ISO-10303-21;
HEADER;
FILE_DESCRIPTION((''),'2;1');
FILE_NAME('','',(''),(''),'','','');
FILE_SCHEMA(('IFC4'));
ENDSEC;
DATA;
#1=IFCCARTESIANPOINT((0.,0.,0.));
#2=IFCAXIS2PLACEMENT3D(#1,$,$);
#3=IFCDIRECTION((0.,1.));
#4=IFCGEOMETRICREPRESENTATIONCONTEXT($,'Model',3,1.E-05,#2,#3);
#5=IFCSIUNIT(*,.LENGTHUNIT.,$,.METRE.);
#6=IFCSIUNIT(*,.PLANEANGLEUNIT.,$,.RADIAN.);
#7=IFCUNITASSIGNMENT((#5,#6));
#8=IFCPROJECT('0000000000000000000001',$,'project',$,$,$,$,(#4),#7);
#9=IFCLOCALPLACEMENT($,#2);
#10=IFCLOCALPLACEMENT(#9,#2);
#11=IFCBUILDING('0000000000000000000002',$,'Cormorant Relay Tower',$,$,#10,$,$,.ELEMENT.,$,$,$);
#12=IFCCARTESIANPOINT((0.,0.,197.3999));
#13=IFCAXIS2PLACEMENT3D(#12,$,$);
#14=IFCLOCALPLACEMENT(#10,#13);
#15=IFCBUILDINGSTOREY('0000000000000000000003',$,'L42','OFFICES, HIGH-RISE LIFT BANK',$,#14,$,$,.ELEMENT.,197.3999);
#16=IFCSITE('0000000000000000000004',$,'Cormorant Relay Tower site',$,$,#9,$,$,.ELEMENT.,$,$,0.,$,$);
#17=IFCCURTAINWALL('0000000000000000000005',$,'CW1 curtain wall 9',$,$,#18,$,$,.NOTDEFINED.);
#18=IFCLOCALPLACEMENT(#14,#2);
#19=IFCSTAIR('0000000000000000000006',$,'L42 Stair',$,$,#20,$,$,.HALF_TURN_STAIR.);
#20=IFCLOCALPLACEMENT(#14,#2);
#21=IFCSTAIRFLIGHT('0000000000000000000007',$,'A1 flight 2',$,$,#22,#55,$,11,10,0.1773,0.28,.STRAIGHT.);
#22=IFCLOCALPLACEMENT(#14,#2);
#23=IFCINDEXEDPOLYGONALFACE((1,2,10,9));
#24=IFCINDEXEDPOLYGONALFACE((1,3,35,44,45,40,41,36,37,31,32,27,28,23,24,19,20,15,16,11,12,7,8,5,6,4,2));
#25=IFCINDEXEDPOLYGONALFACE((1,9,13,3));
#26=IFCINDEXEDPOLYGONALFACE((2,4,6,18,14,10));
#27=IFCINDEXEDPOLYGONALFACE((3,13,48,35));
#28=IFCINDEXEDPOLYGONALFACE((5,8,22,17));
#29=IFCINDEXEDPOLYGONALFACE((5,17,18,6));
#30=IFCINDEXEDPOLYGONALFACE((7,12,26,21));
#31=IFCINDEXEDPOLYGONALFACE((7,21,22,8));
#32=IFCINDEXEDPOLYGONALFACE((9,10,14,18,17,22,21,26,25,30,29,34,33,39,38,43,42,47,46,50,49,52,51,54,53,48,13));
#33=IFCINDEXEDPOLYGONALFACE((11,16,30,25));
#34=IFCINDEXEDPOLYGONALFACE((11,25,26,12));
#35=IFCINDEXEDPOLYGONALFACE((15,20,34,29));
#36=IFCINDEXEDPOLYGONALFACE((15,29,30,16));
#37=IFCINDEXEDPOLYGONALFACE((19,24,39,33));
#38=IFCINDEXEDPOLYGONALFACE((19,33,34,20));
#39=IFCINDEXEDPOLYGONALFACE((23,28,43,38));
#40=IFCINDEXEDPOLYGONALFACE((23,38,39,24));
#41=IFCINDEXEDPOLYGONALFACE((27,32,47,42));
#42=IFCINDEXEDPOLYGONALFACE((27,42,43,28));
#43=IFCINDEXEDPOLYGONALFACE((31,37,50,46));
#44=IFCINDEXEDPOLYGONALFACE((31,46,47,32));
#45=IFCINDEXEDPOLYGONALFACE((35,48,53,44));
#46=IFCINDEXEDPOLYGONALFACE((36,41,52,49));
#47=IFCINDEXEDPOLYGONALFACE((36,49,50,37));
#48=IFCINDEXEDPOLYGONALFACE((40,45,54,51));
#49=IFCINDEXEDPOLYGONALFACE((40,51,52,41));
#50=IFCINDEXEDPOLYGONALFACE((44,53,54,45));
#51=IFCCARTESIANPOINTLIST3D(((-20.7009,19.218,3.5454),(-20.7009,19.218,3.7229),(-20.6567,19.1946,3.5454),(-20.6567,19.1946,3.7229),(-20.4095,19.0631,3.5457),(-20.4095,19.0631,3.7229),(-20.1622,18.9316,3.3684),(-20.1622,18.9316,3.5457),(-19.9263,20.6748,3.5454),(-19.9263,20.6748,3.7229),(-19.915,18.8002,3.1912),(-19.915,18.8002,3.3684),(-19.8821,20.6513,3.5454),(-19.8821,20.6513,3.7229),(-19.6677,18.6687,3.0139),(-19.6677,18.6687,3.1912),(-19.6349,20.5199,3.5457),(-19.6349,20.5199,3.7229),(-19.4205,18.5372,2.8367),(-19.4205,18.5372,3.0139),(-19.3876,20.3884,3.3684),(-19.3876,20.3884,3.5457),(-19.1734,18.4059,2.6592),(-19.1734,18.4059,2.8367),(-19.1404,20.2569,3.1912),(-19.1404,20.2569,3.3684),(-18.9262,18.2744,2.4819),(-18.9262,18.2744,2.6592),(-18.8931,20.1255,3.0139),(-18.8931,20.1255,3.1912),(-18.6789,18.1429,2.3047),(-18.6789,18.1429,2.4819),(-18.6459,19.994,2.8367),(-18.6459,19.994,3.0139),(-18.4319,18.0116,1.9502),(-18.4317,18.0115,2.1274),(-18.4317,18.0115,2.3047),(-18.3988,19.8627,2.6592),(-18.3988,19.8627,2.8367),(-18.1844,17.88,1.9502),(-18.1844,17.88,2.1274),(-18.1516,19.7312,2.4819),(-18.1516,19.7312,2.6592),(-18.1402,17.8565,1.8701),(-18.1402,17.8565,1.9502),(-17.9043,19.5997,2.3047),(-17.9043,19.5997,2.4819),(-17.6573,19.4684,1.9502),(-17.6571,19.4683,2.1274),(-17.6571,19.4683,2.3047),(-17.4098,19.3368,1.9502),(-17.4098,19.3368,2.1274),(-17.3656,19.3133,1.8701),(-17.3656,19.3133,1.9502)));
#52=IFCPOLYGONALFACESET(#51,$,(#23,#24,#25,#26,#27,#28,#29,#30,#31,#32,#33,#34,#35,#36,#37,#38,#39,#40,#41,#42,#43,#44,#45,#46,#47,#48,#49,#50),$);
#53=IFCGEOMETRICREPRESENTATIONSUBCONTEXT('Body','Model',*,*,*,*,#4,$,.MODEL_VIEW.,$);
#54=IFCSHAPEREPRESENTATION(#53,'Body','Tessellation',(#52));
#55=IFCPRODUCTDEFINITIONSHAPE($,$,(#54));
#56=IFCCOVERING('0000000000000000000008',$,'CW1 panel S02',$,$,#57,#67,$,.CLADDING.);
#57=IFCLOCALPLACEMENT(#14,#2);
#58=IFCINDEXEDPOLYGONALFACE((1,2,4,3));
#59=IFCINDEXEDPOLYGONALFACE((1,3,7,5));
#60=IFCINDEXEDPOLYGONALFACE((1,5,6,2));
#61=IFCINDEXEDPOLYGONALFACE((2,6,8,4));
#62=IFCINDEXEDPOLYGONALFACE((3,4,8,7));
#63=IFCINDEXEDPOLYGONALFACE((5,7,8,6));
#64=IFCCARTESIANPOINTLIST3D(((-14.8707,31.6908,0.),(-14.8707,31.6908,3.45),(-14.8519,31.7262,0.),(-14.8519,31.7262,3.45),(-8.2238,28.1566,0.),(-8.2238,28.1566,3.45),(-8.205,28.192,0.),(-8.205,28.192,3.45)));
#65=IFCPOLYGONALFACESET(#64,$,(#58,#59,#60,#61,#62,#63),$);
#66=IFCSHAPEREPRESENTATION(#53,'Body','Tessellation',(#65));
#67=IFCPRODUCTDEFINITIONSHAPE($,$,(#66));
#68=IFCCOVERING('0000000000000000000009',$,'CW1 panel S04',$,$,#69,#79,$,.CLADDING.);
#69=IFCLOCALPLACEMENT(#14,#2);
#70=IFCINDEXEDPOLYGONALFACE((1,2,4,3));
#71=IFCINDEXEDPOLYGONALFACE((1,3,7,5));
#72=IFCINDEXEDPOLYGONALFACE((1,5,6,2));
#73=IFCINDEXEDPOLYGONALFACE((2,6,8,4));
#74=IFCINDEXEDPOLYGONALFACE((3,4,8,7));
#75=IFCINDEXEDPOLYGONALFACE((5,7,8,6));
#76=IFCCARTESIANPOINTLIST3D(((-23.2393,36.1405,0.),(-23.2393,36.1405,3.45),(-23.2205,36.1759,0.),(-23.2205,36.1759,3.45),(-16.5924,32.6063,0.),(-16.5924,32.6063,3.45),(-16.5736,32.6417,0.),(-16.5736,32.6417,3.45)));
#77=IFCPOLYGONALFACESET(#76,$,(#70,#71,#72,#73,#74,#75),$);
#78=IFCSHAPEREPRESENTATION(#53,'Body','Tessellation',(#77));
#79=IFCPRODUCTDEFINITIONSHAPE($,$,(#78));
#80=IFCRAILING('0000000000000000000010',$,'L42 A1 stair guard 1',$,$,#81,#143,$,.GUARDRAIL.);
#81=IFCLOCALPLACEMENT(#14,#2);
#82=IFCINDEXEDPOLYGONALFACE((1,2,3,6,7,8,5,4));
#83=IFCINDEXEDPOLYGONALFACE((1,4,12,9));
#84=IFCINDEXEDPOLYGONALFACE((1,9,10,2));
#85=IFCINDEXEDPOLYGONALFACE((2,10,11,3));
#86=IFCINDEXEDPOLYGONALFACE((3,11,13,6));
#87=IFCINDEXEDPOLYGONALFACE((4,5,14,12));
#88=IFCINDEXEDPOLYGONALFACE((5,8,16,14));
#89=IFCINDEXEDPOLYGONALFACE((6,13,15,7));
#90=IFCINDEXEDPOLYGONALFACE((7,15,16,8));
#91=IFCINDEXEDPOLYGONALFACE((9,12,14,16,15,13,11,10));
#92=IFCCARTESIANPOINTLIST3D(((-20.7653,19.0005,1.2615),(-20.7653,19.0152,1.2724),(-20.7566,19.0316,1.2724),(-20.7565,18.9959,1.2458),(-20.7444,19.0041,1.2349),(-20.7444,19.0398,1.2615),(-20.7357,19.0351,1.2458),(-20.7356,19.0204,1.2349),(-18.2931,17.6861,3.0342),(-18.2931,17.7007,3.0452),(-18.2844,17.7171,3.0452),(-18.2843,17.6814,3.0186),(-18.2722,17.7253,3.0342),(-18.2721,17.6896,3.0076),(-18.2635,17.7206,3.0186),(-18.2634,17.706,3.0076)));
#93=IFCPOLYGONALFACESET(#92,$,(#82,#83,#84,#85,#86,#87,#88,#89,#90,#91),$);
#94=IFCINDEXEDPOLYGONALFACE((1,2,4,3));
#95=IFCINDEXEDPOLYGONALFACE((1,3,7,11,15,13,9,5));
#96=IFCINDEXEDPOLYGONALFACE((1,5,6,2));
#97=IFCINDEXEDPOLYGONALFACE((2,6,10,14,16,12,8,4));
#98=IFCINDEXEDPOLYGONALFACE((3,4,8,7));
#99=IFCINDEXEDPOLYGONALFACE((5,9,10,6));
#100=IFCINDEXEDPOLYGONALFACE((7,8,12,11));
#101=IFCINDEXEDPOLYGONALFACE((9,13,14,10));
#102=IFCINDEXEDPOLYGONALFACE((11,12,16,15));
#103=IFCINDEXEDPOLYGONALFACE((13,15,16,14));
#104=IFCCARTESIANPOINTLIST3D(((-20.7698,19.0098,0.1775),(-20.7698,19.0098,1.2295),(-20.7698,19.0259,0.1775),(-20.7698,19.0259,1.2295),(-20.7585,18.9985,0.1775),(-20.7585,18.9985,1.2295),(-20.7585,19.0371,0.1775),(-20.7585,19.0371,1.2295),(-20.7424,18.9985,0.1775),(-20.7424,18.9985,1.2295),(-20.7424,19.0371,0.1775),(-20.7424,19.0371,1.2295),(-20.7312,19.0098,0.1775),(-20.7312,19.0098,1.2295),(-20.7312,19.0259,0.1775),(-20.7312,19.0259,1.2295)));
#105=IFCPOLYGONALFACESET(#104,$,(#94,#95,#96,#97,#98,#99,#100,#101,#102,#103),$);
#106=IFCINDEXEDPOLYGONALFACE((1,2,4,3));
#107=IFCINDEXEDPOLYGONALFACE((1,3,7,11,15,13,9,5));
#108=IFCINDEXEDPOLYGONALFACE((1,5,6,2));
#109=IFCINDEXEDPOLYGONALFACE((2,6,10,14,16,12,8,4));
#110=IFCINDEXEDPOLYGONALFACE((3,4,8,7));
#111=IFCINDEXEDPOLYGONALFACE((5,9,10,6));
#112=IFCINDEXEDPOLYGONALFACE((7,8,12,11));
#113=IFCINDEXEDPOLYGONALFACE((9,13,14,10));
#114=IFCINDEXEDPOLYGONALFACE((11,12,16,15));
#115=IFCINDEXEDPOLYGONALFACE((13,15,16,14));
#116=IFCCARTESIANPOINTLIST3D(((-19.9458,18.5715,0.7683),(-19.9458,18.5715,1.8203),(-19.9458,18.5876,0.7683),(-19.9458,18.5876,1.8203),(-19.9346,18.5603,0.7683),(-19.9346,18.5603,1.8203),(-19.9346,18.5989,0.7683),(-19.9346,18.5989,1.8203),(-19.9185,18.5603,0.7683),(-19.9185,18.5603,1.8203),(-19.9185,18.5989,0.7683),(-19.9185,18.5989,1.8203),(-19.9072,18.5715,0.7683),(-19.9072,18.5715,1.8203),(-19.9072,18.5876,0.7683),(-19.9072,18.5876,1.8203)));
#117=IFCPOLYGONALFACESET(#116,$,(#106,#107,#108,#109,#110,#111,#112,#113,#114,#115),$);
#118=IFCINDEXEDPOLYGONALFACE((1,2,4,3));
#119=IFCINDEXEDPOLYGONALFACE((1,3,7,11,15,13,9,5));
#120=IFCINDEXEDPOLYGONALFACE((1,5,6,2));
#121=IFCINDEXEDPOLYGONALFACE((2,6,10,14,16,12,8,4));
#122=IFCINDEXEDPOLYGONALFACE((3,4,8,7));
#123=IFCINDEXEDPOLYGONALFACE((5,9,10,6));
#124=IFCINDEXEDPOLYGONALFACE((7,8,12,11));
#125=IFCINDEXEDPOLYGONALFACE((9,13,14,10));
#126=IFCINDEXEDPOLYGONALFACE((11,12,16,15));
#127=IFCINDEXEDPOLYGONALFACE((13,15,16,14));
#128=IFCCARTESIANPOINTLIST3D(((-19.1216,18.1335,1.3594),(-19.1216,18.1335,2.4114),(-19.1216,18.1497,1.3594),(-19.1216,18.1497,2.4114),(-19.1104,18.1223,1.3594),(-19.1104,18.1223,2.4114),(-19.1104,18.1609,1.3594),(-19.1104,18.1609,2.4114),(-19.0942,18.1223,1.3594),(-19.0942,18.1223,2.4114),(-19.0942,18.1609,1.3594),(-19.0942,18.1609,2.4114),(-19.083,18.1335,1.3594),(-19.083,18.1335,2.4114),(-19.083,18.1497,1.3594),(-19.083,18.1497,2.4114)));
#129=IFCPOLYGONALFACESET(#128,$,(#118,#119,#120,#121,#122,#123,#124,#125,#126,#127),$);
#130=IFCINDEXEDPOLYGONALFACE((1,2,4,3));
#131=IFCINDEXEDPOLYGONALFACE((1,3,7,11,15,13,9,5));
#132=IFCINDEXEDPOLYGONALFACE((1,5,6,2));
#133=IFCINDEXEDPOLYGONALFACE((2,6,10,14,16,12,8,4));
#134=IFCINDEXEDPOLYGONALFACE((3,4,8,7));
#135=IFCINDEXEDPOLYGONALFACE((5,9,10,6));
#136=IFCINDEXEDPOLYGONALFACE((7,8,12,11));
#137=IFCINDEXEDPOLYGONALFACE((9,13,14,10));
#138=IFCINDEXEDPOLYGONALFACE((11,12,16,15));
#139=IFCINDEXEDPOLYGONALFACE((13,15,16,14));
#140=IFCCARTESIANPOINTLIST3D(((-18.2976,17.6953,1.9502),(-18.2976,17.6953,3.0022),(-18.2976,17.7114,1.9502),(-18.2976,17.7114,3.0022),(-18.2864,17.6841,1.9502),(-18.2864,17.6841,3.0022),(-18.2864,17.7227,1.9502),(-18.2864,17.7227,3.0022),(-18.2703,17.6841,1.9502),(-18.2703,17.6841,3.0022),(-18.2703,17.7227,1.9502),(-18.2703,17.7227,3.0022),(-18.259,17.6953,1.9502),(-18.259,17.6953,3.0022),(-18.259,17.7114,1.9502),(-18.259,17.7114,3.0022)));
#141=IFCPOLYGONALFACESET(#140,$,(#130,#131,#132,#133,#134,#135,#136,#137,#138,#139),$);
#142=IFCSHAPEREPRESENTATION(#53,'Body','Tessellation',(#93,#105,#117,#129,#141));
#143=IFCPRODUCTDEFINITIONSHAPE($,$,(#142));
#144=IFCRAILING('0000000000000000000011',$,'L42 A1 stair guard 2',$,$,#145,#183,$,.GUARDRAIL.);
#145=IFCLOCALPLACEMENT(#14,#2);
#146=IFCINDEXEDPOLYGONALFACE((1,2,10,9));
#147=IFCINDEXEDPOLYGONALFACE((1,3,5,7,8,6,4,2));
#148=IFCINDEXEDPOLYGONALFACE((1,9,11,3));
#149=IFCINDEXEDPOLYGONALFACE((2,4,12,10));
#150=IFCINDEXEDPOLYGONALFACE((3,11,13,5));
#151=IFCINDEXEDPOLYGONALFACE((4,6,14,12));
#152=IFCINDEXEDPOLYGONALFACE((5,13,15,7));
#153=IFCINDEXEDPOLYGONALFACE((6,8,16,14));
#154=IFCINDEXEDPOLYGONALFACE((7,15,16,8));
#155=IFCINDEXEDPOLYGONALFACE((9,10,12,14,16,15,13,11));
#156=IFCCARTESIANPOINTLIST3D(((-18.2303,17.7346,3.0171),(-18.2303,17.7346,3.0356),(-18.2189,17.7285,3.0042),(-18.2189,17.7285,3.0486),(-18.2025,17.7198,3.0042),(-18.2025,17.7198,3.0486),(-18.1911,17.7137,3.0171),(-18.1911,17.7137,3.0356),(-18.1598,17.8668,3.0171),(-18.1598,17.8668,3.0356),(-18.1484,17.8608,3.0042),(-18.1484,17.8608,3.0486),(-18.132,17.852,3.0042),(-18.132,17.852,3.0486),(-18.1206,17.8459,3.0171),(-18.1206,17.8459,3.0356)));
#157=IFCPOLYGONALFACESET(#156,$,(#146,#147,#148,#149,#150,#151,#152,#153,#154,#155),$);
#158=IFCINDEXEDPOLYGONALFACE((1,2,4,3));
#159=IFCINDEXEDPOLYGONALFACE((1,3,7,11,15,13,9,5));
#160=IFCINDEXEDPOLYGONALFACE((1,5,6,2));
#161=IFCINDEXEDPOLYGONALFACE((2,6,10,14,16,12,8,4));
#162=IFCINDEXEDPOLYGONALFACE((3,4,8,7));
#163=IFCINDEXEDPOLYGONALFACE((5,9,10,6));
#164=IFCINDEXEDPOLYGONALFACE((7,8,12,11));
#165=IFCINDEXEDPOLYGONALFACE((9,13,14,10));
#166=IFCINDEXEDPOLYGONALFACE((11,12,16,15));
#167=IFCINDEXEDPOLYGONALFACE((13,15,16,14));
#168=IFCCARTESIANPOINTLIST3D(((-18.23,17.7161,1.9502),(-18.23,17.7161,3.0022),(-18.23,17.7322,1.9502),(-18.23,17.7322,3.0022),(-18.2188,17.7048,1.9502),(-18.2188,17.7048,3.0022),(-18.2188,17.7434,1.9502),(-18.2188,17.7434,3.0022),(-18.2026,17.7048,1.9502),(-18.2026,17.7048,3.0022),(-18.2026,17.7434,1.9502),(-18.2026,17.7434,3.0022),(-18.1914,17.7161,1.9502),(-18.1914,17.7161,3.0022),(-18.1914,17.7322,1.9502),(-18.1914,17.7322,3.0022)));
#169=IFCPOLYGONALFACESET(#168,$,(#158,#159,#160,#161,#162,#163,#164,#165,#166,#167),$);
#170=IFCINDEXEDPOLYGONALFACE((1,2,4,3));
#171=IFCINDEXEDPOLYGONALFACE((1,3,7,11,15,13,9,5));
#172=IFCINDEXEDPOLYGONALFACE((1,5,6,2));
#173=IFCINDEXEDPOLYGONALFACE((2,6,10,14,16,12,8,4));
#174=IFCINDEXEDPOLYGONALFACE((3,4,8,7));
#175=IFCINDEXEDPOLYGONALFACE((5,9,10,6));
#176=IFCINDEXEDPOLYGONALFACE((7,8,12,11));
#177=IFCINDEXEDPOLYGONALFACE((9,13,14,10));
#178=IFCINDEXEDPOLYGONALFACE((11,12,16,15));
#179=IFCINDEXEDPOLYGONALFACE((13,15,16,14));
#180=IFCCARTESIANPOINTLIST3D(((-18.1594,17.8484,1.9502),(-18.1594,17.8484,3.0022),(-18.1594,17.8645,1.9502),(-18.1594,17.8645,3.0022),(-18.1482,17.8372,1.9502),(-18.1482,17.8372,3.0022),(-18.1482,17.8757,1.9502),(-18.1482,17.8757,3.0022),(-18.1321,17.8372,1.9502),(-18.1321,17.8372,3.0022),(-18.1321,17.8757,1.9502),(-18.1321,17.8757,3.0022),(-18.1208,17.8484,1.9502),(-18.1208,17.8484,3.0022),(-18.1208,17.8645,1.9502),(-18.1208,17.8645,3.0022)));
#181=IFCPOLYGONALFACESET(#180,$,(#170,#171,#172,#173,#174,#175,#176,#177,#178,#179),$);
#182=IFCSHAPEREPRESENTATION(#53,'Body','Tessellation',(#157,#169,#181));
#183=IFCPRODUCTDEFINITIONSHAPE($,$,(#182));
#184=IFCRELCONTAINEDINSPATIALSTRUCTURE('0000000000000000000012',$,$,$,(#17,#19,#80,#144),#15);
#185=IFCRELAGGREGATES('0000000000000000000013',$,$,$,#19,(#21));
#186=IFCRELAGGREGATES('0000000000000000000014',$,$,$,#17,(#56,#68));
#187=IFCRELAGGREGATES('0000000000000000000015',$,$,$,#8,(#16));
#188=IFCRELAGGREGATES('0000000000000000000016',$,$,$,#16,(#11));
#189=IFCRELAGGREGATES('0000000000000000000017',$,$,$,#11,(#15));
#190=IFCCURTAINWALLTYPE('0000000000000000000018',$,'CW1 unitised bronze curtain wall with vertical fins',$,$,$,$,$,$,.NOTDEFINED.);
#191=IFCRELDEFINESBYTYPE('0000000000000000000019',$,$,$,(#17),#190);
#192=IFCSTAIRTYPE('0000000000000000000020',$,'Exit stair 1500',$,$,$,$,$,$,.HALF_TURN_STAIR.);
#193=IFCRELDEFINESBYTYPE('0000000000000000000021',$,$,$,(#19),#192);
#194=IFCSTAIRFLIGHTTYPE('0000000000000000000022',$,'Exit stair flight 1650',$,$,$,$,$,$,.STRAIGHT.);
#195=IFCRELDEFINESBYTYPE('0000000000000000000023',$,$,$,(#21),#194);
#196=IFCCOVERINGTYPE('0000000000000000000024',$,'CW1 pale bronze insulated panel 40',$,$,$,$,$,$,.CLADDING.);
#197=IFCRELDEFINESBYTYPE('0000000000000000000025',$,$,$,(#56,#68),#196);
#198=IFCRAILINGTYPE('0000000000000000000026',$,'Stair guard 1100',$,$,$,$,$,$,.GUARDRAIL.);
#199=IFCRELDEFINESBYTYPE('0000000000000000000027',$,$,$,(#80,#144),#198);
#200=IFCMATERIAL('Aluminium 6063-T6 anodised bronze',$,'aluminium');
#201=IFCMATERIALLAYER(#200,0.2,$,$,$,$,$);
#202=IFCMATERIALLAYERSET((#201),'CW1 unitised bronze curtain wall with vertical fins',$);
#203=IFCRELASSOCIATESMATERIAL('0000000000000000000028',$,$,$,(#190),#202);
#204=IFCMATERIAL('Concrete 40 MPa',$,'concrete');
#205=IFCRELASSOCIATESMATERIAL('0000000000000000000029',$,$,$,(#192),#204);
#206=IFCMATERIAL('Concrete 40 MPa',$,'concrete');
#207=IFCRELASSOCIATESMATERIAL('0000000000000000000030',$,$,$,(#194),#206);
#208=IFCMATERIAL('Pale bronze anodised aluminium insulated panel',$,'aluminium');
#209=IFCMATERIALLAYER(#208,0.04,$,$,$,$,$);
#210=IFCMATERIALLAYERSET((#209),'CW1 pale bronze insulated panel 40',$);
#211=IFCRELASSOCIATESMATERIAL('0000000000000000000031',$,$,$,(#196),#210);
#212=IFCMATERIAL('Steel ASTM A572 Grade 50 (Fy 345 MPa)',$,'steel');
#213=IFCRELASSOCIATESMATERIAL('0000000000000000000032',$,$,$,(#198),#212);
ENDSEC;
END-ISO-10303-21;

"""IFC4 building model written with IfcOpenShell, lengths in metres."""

from ifc_helpers import new_model, si_unit, direction, frame, origin, origin_2d, place, context, subcontext, project, spatial, polyline, rectangle, outline, extrude, material, layer, layer_set, type_object, element, aggregate, save


model = new_model("IFC4")

# Units and contexts
model_context = context("Model", 3, precision=1e-05, world=origin(), true_north=direction((0.0, 1.0)))
body_context = subcontext(model_context, "Body", "Model", "MODEL_VIEW")
ifc_project = project(units=[si_unit("LENGTHUNIT", "METRE"), si_unit("PLANEANGLEUNIT", "RADIAN")], contexts=[model_context])

# Site, building, storey
site_placement = place(None, origin())
site = spatial("IfcSite", under=ifc_project, at=site_placement, Name="Cormorant Relay Tower site", CompositionType="ELEMENT", RefElevation=0.0)
building_placement = place(site_placement, origin())
building = spatial("IfcBuilding", under=site, at=building_placement, Name="Cormorant Relay Tower", CompositionType="ELEMENT")
storey_placement = place(building_placement, frame((0.0, 0.0, 197.3999)))
storey = spatial("IfcBuildingStorey", under=building, at=storey_placement, Name="L42", Description="OFFICES, HIGH-RISE LIFT BANK", CompositionType="ELEMENT", Elevation=197.3999)

# Curtain wall
ifc_material_1 = material(Name="Aluminium 6063-T6 anodised bronze", Category="aluminium")
ifc_layer_1 = layer(ifc_material_1, 0.2)
ifc_layer_set_1 = layer_set([ifc_layer_1], Name="CW1 unitised bronze curtain wall with vertical fins")
curtain_wall_type = type_object("IfcCurtainWallType", Name="CW1 unitised bronze curtain wall with vertical fins", PredefinedType="NOTDEFINED", material=ifc_layer_set_1)
curtain_wall_placement = place(storey_placement, origin())
curtain_wall = element("IfcCurtainWall", 1, at=curtain_wall_placement, inside=storey, type_object=curtain_wall_type, Name="CW1 curtain wall 9", PredefinedType="NOTDEFINED")

# Stair, stair flight
ifc_material_2 = material(Name="Concrete 40 MPa", Category="concrete")
stair_type = type_object("IfcStairType", Name="Exit stair 1500", PredefinedType="HALF_TURN_STAIR", material=ifc_material_2)
stair_placement = place(storey_placement, origin())
stair = element("IfcStair", 2, at=stair_placement, inside=storey, type_object=stair_type, Name="L42 Stair", PredefinedType="HALF_TURN_STAIR")
ifc_material_3 = material(Name="Concrete 40 MPa", Category="concrete")
stair_flight_type = type_object("IfcStairFlightType", Name="Exit stair flight 1650", PredefinedType="STRAIGHT", material=ifc_material_3)
stair_flight_1_placement = place(storey_placement, frame((-17.7971, 18.6084, 1.9502), z_axis=(0.0, 0.0, 1.0), x_axis=(-0.882948, 0.469472, 0.0)))
stair_flight_1 = element("IfcStairFlight", 3, at=stair_flight_1_placement, type_object=stair_flight_type, Name="A1 flight 2", NumberOfRisers=11, NumberOfTreads=10, PredefinedType="STRAIGHT", RiserHeight=0.1773, TreadLength=0.28, context=body_context, shape_type="SweptSolid", body=[
    extrude(outline(polyline([(-0.05, -0.0801), (-0.05, 0.0), (0.0, 0.0), (0.0, 0.1772), (0.28, 0.1772), (0.28, 0.3545), (0.5601, 0.3545), (0.5601, 0.5317), (0.8401, 0.5317), (0.8401, 0.709), (1.1201, 0.709), (1.1201, 0.8865), (1.3999, 0.8865), (1.3999, 1.0637), (1.6799, 1.0637), (1.6799, 1.241), (1.96, 1.241), (1.96, 1.4182), (2.24, 1.4182), (2.24, 1.5955), (2.52, 1.5955), (2.52, 1.7727), (2.8, 1.7727), (2.8501, 1.7727), (2.8501, 1.5952), (2.8, 1.5952), (0.2803, 0.0), (-0.05, -0.0801)])), frame((0.0, 0.825, 0.0), z_axis=(0.0, -1.0, 0.0), x_axis=(1.0, 0.0, 0.0)), (0.0, 0.0, 1.0), 1.6499),
])
aggregate(stair, [stair_flight_1])

# Coverings
ifc_material_4 = material(Name="Pale bronze anodised aluminium insulated panel", Category="aluminium")
ifc_layer_2 = layer(ifc_material_4, 0.04)
ifc_layer_set_2 = layer_set([ifc_layer_2], Name="CW1 pale bronze insulated panel 40")
covering_type = type_object("IfcCoveringType", Name="CW1 pale bronze insulated panel 40", PredefinedType="CLADDING", material=ifc_layer_set_2)
covering_1_placement = place(storey_placement, frame((-11.5378, 29.9414, 0.0), z_axis=(0.0, 0.0, 1.0), x_axis=(-0.882948, 0.469472, 0.0)))
covering_1 = element("IfcCovering", 4, at=covering_1_placement, type_object=covering_type, Name="CW1 panel S02", PredefinedType="CLADDING", context=body_context, shape_type="SweptSolid", body=[
    extrude(rectangle(XDim=7.5281, YDim=0.04, at=origin_2d()), origin(), (0.0, 0.0, 1.0), 3.45),
])
covering_2_placement = place(storey_placement, frame((-19.9065, 34.3911, 0.0), z_axis=(0.0, 0.0, 1.0), x_axis=(-0.882948, 0.469472, 0.0)))
covering_2 = element("IfcCovering", 5, at=covering_2_placement, type_object=covering_type, Name="CW1 panel S04", PredefinedType="CLADDING", context=body_context, shape_type="SweptSolid", body=[
    extrude(rectangle(XDim=7.5281, YDim=0.04, at=origin_2d()), origin(), (0.0, 0.0, 1.0), 3.45),
])
aggregate(curtain_wall, [covering_1, covering_2])

# Railings
ifc_material_5 = material(Name="Steel ASTM A572 Grade 50 (Fy 345 MPa)", Category="steel")
railing_type_1 = type_object("IfcRailingType", Name="Stair guard 1100", PredefinedType="GUARDRAIL", material=ifc_material_5)
railing_1_placement = place(storey_placement, frame((-20.7505, 19.0178, 0.1775)))
element("IfcRailing", 6, at=railing_1_placement, inside=storey, type_object=railing_type_1, Name="L42 A1 stair guard 1", PredefinedType="GUARDRAIL", context=body_context, shape_type="SweptSolid", body=[
    extrude(outline(polyline([(0.0222, 0.0093), (0.0093, 0.0222), (-0.0093, 0.0222), (-0.0222, 0.0093), (-0.0222, -0.0093), (-0.0093, -0.0222), (0.0093, -0.0222), (0.0222, -0.0093), (0.0222, 0.0093)])), frame((0.0, 0.0, 1.0762), z_axis=(0.746001, -0.396649, 0.534931), x_axis=(0.469465, 0.882951, 0.0)), (0.0, 0.0, 1.0), 3.314),
    extrude(outline(polyline([(0.0193, 0.0081), (0.0081, 0.0193), (-0.0081, 0.0193), (-0.0193, 0.0081), (-0.0193, -0.0081), (-0.0081, -0.0193), (0.0081, -0.0193), (0.0193, -0.0081), (0.0193, 0.0081)])), origin(), (0.0, 0.0, 1.0), 1.052),
    extrude(outline(polyline([(0.0193, 0.0081), (0.0081, 0.0193), (-0.0081, 0.0193), (-0.0193, 0.0081), (-0.0193, -0.0081), (-0.0081, -0.0193), (0.0081, -0.0193), (0.0193, -0.0081), (0.0193, 0.0081)])), frame((0.824, -0.4382, 0.5908)), (0.0, 0.0, 1.0), 1.052),
    extrude(outline(polyline([(0.0193, 0.0081), (0.0081, 0.0193), (-0.0081, 0.0193), (-0.0193, 0.0081), (-0.0193, -0.0081), (-0.0081, -0.0193), (0.0081, -0.0193), (0.0193, -0.0081), (0.0193, 0.0081)])), frame((1.6482, -0.8762, 1.1819)), (0.0, 0.0, 1.0), 1.052),
    extrude(outline(polyline([(0.0193, 0.0081), (0.0081, 0.0193), (-0.0081, 0.0193), (-0.0193, 0.0081), (-0.0193, -0.0081), (-0.0081, -0.0193), (0.0081, -0.0193), (0.0193, -0.0081), (0.0193, 0.0081)])), frame((2.4722, -1.3145, 1.7727)), (0.0, 0.0, 1.0), 1.052),
])
railing_2_placement = place(storey_placement, frame((-18.2107, 17.7241, 1.9502)))
element("IfcRailing", 7, at=railing_2_placement, inside=storey, type_object=railing_type_1, Name="L42 A1 stair guard 2", PredefinedType="GUARDRAIL", context=body_context, shape_type="SweptSolid", body=[
    extrude(outline(polyline([(0.0222, 0.0093), (0.0093, 0.0222), (-0.0093, 0.0222), (-0.0222, 0.0093), (-0.0222, -0.0093), (-0.0093, -0.0222), (0.0093, -0.0222), (0.0222, -0.0093), (0.0222, 0.0093)])), frame((0.0, 0.0, 1.0762), z_axis=(0.470504, 0.882398, 0.0), x_axis=(-0.882398, 0.470504, 0.0)), (0.0, 0.0, 1.0), 0.1499),
    extrude(outline(polyline([(0.0193, 0.0081), (0.0081, 0.0193), (-0.0081, 0.0193), (-0.0193, 0.0081), (-0.0193, -0.0081), (-0.0081, -0.0193), (0.0081, -0.0193), (0.0193, -0.0081), (0.0193, 0.0081)])), origin(), (0.0, 0.0, 1.0), 1.052),
    extrude(outline(polyline([(0.0193, 0.0081), (0.0081, 0.0193), (-0.0081, 0.0193), (-0.0193, 0.0081), (-0.0193, -0.0081), (-0.0081, -0.0193), (0.0081, -0.0193), (0.0193, -0.0081), (0.0193, 0.0081)])), frame((0.0706, 0.1323, 0.0)), (0.0, 0.0, 1.0), 1.052),
])

save(model, "model.ifc")
